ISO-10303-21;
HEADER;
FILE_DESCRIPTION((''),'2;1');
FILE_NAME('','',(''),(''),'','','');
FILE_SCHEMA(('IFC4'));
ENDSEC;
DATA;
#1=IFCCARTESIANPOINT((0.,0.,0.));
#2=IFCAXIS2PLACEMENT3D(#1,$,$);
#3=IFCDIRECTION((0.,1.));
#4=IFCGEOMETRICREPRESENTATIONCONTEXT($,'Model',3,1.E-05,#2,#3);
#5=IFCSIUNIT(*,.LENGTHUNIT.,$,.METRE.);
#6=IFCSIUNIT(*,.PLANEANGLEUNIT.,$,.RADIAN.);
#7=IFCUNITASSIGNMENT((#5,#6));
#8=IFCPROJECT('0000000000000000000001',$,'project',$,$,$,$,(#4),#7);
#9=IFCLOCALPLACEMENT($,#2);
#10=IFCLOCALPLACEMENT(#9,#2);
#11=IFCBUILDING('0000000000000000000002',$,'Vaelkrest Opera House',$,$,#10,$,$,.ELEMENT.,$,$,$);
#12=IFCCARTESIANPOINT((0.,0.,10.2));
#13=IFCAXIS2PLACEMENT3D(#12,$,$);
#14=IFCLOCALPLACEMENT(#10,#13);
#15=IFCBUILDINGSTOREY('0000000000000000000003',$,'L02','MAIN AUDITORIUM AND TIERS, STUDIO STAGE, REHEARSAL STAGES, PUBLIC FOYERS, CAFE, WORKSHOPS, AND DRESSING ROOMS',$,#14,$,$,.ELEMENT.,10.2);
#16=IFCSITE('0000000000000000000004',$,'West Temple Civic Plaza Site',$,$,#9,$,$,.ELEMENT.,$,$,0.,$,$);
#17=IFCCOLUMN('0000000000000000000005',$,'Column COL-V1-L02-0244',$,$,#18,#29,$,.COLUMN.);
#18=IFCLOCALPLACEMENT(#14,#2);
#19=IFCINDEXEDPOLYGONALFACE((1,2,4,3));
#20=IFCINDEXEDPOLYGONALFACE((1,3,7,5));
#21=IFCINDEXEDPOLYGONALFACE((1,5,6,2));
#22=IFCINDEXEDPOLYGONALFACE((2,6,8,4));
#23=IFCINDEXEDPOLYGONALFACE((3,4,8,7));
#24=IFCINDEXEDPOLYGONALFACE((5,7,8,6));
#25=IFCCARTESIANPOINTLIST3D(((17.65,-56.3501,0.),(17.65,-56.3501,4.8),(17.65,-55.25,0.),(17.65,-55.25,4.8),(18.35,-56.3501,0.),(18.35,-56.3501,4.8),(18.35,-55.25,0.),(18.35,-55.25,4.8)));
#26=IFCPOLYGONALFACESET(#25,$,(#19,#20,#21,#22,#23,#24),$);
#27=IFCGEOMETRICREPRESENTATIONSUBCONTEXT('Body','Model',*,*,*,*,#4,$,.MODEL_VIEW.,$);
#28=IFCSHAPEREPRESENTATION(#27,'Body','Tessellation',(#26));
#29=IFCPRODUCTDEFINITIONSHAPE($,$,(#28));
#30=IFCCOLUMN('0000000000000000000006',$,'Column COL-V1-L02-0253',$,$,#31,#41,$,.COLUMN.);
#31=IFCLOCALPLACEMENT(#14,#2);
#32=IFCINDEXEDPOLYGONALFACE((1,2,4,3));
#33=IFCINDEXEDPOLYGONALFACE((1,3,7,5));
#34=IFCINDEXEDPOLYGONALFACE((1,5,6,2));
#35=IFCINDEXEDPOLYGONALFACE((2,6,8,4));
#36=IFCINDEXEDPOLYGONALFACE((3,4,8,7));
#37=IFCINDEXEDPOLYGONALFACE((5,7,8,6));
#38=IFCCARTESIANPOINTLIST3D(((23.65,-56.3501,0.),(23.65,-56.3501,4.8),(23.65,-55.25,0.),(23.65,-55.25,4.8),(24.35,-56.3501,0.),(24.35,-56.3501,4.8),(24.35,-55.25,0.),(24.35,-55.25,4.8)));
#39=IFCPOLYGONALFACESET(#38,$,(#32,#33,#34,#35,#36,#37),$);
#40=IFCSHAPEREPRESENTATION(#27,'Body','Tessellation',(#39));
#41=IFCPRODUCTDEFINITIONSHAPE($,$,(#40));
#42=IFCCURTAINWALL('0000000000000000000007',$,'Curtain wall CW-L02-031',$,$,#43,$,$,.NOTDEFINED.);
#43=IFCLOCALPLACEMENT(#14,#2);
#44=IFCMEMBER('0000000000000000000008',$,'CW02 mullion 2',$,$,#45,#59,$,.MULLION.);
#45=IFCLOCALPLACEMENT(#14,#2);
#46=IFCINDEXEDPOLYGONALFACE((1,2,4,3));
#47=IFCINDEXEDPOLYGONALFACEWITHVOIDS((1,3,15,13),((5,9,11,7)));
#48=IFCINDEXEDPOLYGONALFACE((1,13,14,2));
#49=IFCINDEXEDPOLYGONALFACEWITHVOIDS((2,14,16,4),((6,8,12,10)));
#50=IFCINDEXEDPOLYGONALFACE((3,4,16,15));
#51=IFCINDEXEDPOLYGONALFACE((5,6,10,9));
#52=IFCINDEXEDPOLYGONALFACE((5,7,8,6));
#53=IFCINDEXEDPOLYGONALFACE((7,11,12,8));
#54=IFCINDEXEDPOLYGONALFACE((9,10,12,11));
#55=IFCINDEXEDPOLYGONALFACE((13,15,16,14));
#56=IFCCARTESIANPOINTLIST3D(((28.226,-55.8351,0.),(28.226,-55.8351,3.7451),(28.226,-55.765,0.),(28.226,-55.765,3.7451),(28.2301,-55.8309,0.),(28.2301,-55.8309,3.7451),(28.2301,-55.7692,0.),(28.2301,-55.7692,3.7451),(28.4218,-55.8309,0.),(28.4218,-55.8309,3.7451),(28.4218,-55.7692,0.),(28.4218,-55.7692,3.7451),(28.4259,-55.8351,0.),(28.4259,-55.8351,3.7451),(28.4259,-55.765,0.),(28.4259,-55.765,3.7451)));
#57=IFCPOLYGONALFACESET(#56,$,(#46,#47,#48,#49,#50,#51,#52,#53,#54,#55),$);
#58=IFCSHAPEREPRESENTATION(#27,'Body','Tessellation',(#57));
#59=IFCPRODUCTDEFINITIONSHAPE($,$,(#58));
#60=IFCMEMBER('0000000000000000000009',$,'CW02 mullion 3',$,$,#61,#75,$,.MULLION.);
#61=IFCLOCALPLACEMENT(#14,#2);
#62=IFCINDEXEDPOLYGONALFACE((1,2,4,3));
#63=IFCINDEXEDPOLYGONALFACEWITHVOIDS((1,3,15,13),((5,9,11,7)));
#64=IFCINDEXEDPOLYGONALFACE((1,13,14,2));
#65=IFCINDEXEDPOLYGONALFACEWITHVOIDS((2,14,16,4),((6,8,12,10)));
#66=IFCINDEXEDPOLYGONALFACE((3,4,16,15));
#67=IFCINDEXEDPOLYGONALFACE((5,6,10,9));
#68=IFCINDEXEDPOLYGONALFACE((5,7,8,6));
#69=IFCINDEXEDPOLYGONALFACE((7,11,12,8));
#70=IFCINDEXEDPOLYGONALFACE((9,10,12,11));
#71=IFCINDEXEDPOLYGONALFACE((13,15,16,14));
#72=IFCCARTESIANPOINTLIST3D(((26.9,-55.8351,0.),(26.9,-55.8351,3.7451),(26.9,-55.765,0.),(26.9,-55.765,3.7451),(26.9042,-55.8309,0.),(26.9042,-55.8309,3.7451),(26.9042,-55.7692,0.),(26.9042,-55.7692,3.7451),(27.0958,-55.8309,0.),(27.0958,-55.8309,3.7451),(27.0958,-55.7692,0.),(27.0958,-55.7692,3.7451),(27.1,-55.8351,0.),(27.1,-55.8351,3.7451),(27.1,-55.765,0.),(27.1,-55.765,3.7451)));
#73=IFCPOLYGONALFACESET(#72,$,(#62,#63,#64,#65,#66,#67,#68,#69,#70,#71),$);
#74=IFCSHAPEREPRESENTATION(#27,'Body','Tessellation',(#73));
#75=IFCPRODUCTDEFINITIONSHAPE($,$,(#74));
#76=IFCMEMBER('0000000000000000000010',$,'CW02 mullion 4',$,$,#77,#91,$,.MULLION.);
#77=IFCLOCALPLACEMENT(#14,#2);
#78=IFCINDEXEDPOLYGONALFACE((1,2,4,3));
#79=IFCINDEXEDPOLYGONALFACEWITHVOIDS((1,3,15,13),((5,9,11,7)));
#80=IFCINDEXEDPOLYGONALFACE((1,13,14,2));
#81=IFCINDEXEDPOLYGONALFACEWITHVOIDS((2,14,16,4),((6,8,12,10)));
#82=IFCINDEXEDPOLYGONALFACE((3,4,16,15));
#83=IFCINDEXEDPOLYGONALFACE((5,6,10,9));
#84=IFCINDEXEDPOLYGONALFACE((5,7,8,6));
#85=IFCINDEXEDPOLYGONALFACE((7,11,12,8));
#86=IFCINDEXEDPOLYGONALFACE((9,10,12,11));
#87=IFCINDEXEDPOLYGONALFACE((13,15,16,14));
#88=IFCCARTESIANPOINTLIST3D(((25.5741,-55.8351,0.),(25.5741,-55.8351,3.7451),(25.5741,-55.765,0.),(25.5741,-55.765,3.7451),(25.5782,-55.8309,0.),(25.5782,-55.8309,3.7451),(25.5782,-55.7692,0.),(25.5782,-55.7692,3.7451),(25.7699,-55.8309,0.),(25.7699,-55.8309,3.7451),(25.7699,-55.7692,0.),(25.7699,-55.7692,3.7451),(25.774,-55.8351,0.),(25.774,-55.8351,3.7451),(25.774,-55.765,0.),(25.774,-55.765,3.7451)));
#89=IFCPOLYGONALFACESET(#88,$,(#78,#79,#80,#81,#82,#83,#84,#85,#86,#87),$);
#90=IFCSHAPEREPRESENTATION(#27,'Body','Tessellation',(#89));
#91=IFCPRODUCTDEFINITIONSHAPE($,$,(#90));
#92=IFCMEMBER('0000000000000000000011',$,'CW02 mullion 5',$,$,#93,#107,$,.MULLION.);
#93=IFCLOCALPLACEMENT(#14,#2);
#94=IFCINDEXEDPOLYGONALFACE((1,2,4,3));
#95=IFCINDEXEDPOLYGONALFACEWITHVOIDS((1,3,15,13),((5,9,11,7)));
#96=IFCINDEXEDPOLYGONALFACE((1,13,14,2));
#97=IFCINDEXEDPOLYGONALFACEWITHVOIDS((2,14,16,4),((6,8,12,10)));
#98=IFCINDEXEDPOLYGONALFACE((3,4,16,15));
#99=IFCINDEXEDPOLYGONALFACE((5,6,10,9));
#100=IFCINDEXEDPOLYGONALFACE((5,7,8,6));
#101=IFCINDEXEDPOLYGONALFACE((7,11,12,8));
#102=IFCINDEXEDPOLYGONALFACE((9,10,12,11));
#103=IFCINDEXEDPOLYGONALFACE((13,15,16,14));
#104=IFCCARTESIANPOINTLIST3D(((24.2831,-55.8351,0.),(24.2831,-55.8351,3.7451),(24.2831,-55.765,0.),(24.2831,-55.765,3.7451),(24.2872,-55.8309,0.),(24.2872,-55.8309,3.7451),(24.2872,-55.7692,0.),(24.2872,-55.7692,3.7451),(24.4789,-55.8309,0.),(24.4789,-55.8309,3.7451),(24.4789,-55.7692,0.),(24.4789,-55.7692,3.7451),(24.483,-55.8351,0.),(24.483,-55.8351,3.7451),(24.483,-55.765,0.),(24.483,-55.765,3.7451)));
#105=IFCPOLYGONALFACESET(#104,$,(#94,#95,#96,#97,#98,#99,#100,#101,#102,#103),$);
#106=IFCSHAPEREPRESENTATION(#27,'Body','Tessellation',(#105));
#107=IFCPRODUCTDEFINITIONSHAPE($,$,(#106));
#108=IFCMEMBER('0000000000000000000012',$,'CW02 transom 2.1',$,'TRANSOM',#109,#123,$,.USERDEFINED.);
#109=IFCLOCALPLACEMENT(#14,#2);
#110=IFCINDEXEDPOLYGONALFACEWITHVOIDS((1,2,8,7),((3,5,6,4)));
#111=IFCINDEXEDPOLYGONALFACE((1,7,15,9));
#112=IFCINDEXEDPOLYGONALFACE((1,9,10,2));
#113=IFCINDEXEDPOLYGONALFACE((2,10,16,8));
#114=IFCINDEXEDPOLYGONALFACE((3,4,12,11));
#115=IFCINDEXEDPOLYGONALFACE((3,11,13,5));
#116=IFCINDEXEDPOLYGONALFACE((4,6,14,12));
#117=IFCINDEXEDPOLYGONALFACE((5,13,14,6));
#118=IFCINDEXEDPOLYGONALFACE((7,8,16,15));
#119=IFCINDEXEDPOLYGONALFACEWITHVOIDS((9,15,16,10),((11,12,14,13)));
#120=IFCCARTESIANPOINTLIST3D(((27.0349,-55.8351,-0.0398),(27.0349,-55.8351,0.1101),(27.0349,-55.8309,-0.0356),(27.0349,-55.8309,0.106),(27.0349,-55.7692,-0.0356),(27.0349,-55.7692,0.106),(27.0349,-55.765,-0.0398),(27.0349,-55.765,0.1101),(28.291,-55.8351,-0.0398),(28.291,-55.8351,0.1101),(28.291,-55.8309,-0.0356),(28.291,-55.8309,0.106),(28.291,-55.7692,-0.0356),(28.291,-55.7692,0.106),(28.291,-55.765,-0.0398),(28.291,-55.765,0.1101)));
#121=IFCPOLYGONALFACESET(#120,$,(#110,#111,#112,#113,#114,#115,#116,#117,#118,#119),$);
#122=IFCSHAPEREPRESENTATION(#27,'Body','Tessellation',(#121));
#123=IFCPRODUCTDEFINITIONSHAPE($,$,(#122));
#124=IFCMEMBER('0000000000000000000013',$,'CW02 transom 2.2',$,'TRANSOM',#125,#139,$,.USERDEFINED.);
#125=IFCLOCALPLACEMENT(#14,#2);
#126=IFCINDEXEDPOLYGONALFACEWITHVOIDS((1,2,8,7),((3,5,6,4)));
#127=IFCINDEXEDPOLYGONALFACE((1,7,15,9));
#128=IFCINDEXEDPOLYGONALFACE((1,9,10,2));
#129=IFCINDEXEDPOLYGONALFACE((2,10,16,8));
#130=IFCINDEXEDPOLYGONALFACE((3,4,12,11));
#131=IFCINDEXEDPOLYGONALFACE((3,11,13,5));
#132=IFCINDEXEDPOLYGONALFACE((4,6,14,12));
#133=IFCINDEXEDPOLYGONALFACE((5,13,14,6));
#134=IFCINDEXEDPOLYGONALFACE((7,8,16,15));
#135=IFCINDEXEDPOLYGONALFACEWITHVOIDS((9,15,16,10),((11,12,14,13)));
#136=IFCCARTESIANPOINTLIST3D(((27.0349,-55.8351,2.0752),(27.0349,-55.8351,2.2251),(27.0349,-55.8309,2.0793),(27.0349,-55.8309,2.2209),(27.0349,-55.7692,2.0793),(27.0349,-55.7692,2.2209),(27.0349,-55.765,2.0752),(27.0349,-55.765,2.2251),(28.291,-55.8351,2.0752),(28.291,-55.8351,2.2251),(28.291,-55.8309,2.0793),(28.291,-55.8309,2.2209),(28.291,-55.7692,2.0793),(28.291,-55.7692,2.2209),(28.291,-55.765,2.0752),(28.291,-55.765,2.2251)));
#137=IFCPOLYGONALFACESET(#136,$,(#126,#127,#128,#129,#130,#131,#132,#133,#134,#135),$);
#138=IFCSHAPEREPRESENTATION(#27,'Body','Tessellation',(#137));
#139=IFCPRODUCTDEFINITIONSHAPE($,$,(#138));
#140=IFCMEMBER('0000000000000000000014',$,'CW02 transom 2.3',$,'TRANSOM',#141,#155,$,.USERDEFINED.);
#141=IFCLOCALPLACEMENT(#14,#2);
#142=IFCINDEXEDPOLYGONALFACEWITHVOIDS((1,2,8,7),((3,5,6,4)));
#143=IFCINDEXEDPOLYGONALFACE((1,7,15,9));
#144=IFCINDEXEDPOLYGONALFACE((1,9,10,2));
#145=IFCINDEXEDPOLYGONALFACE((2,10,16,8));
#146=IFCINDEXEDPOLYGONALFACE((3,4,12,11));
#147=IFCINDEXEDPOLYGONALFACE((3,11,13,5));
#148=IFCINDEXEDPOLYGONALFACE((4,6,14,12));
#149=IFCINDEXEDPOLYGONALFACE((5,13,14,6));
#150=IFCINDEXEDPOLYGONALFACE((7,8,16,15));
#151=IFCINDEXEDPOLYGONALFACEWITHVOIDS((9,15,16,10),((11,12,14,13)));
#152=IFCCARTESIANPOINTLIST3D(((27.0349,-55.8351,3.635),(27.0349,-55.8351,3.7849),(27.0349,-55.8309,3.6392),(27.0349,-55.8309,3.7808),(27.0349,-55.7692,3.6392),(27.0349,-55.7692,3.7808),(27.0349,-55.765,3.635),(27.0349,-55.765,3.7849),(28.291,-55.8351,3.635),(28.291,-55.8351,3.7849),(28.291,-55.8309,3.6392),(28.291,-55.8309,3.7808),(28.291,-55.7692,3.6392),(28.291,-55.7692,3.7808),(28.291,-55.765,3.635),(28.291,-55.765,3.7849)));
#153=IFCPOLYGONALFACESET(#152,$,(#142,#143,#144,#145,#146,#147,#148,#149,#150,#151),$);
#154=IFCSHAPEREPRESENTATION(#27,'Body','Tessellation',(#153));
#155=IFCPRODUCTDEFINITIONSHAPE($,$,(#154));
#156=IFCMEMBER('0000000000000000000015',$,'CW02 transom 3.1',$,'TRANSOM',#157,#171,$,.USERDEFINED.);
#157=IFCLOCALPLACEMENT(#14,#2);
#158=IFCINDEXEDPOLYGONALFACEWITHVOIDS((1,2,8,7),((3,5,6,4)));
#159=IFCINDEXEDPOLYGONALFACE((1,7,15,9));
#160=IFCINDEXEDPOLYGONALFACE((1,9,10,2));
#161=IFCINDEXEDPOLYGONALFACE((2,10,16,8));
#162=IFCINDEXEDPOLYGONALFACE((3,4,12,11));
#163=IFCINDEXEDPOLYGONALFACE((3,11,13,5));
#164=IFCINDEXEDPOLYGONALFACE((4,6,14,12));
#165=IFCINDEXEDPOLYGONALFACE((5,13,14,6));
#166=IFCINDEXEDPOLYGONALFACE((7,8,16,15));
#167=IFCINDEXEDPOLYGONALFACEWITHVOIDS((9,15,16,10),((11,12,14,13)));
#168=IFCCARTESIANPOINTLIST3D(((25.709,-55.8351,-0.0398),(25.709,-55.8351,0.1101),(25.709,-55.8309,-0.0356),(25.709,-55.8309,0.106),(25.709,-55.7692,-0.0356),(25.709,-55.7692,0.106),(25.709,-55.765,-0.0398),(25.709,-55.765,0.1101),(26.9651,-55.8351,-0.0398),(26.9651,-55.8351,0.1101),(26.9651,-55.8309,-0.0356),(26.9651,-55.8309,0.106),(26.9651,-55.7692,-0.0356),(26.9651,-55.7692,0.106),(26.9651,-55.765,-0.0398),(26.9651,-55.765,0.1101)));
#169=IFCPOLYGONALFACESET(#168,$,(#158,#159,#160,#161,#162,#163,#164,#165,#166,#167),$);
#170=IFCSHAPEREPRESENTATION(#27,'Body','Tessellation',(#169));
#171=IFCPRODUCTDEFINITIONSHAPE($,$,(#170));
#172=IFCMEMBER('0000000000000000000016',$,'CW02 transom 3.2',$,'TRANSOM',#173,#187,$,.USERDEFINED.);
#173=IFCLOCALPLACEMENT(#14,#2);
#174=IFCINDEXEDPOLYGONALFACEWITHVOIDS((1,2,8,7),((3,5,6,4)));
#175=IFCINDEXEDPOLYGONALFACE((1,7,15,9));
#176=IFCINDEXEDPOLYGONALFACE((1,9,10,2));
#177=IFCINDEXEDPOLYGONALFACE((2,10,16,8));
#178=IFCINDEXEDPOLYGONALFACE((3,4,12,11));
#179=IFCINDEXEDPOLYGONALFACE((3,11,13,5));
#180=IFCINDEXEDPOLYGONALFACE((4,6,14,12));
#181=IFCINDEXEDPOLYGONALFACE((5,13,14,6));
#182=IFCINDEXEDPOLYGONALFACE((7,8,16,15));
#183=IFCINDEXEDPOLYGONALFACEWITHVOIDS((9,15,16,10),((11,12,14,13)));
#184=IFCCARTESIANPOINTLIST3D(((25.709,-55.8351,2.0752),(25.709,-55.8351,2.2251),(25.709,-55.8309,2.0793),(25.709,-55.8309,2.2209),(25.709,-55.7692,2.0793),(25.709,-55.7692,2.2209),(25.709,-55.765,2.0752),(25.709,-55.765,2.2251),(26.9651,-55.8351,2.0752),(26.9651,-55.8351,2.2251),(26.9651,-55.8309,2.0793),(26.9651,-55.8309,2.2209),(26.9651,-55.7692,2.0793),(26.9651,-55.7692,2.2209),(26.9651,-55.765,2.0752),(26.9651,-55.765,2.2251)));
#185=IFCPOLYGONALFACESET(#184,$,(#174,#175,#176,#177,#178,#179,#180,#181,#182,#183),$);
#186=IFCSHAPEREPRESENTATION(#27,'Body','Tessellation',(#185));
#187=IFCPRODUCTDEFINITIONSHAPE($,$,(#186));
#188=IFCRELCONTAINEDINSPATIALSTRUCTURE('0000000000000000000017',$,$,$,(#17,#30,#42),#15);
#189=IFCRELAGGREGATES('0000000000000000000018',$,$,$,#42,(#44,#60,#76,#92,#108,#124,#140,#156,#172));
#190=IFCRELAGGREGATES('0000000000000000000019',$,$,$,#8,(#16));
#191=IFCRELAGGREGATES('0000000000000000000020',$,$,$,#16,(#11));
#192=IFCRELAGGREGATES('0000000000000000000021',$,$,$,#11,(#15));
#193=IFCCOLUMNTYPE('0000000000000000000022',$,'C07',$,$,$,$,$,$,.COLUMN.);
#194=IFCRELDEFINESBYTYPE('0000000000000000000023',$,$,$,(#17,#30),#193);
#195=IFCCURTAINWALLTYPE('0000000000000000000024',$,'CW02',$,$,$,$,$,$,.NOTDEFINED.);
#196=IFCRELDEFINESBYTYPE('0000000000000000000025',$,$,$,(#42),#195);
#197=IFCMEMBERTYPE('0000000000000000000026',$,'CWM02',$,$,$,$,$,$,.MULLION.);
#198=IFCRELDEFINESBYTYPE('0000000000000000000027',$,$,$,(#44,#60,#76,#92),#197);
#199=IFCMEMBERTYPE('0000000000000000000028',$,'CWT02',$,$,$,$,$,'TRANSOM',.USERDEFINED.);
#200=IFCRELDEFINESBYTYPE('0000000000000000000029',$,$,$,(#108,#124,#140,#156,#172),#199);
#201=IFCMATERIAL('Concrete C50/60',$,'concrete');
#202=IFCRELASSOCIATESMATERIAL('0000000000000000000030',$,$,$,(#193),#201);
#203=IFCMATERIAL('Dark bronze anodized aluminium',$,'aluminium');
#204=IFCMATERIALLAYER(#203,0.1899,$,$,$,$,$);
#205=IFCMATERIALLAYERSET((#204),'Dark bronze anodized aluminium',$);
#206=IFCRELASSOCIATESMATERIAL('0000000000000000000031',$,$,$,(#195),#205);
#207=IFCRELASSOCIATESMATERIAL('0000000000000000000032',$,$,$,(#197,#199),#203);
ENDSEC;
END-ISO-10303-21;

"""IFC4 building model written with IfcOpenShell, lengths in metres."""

from ifc_helpers import new_model, si_unit, direction, frame, origin, origin_2d, place, context, subcontext, project, spatial, rectangle, hollow_rectangle, extrude, material, layer, layer_set, material_profile, profile_set, type_object, element, aggregate, save


model = new_model("IFC4")

# Units and contexts
model_context = context("Model", 3, precision=1e-05, world=origin(), true_north=direction((0.0, 1.0)))
body_context = subcontext(model_context, "Body", "Model", "MODEL_VIEW")
ifc_project = project(units=[si_unit("LENGTHUNIT", "METRE"), si_unit("PLANEANGLEUNIT", "RADIAN")], contexts=[model_context])

# Site, building, storey
site_placement = place(None, origin())
site = spatial("IfcSite", under=ifc_project, at=site_placement, Name="West Temple Civic Plaza Site", CompositionType="ELEMENT", RefElevation=0.0)
building_placement = place(site_placement, origin())
building = spatial("IfcBuilding", under=site, at=building_placement, Name="Vaelkrest Opera House", CompositionType="ELEMENT")
storey_placement = place(building_placement, frame((0.0, 0.0, 10.2)))
storey = spatial("IfcBuildingStorey", under=building, at=storey_placement, Name="L02", Description="MAIN AUDITORIUM AND TIERS, STUDIO STAGE, REHEARSAL STAGES, PUBLIC FOYERS, CAFE, WORKSHOPS, AND DRESSING ROOMS", CompositionType="ELEMENT", Elevation=10.2)

# Columns
ifc_material_1 = material(Name="Concrete C50/60", Category="concrete")
ifc_material_profile_1 = material_profile(ifc_material_1, rectangle(XDim=0.7, YDim=1.1001, at=origin_2d()), Name="RC700X1100")
ifc_profile_set_1 = profile_set([ifc_material_profile_1], Name="Concrete C50/60")
column_type = type_object("IfcColumnType", Name="C07", PredefinedType="COLUMN", material=ifc_profile_set_1)
for number, where, z_axis, x_axis, name in (
    (1, (18.0, -55.8, 0.0), (0.0, 0.0, 1.0), (1.0, 0.0, 0.0), "Column COL-V1-L02-0244"),
    (2, (24.0, -55.8, 0.0), (0.0, 0.0, 1.0), (1.0, 0.0, 0.0), "Column COL-V1-L02-0253"),
):
    element("IfcColumn", number, at=place(storey_placement, frame(where, z_axis=z_axis, x_axis=x_axis)), inside=storey, type_object=column_type, Name=name, PredefinedType="COLUMN", context=body_context, shape_type="SweptSolid", body=[
        extrude(rectangle(XDim=0.7, YDim=1.1001, at=origin_2d()), origin(), (0.0, 0.0, 1.0), 4.8),
    ])

# Curtain wall, members
ifc_material_2 = material(Name="Dark bronze anodized aluminium", Category="aluminium")
ifc_layer_1 = layer(ifc_material_2, 0.1899)
ifc_layer_set_1 = layer_set([ifc_layer_1], Name="Dark bronze anodized aluminium")
curtain_wall_type = type_object("IfcCurtainWallType", Name="CW02", PredefinedType="NOTDEFINED", material=ifc_layer_set_1)
curtain_wall_placement = place(storey_placement, origin())
curtain_wall = element("IfcCurtainWall", 3, at=curtain_wall_placement, inside=storey, type_object=curtain_wall_type, Name="Curtain wall CW-L02-031", PredefinedType="NOTDEFINED")
ifc_material_profile_2 = material_profile(ifc_material_2, hollow_rectangle(XDim=0.0701, YDim=0.2, WallThickness=0.0042, at=origin_2d()), Name="CWM70X200")
ifc_profile_set_2 = profile_set([ifc_material_profile_2], Name="Dark bronze anodized aluminium")
member_type_1 = type_object("IfcMemberType", Name="CWM02", PredefinedType="MULLION", material=ifc_profile_set_2)
member_1_placement = place(storey_placement, frame((28.3259, -55.8, 0.0), z_axis=(0.0, 0.0, 1.0), x_axis=(0.0, -1.0, 0.0)))
member_1 = element("IfcMember", 4, at=member_1_placement, type_object=member_type_1, Name="CW02 mullion 2", PredefinedType="MULLION", context=body_context, shape_type="SweptSolid", body=[
    extrude(hollow_rectangle(XDim=0.0701, YDim=0.2, WallThickness=0.0042, at=origin_2d()), origin(), (0.0, 0.0, 1.0), 3.7451),
])
member_2_placement = place(storey_placement, frame((27.0, -55.8, 0.0), z_axis=(0.0, 0.0, 1.0), x_axis=(0.0, -1.0, 0.0)))
member_2 = element("IfcMember", 5, at=member_2_placement, type_object=member_type_1, Name="CW02 mullion 3", PredefinedType="MULLION", context=body_context, shape_type="SweptSolid", body=[
    extrude(hollow_rectangle(XDim=0.0701, YDim=0.2, WallThickness=0.0042, at=origin_2d()), origin(), (0.0, 0.0, 1.0), 3.7451),
])
member_3_placement = place(storey_placement, frame((25.6741, -55.8, 0.0), z_axis=(0.0, 0.0, 1.0), x_axis=(0.0, -1.0, 0.0)))
member_3 = element("IfcMember", 6, at=member_3_placement, type_object=member_type_1, Name="CW02 mullion 4", PredefinedType="MULLION", context=body_context, shape_type="SweptSolid", body=[
    extrude(hollow_rectangle(XDim=0.0701, YDim=0.2, WallThickness=0.0042, at=origin_2d()), origin(), (0.0, 0.0, 1.0), 3.7451),
])
member_4_placement = place(storey_placement, frame((24.3831, -55.8, 0.0), z_axis=(0.0, 0.0, 1.0), x_axis=(0.0, -1.0, 0.0)))
member_4 = element("IfcMember", 7, at=member_4_placement, type_object=member_type_1, Name="CW02 mullion 5", PredefinedType="MULLION", context=body_context, shape_type="SweptSolid", body=[
    extrude(hollow_rectangle(XDim=0.0701, YDim=0.2, WallThickness=0.0042, at=origin_2d()), origin(), (0.0, 0.0, 1.0), 3.7451),
])
ifc_material_profile_3 = material_profile(ifc_material_2, hollow_rectangle(XDim=0.0701, YDim=0.1499, WallThickness=0.0042, at=origin_2d()), Name="CWT70X150")
ifc_profile_set_3 = profile_set([ifc_material_profile_3], Name="Dark bronze anodized aluminium")
member_type_2 = type_object("IfcMemberType", Name="CWT02", ElementType="TRANSOM", PredefinedType="USERDEFINED", material=ifc_profile_set_3)
member_5_placement = place(storey_placement, frame((28.291, -55.8, 0.0352), z_axis=(-1.0, 0.0, 0.0), x_axis=(0.0, -1.0, 0.0)))
member_5 = element("IfcMember", 8, at=member_5_placement, type_object=member_type_2, Name="CW02 transom 2.1", ObjectType="TRANSOM", PredefinedType="USERDEFINED", context=body_context, shape_type="SweptSolid", body=[
    extrude(hollow_rectangle(XDim=0.0701, YDim=0.1499, WallThickness=0.0042, at=origin_2d()), origin(), (0.0, 0.0, 1.0), 1.2561),
])
member_6_placement = place(storey_placement, frame((28.291, -55.8, 2.1501), z_axis=(-1.0, 0.0, 0.0), x_axis=(0.0, -1.0, 0.0)))
member_6 = element("IfcMember", 9, at=member_6_placement, type_object=member_type_2, Name="CW02 transom 2.2", ObjectType="TRANSOM", PredefinedType="USERDEFINED", context=body_context, shape_type="SweptSolid", body=[
    extrude(hollow_rectangle(XDim=0.0701, YDim=0.1499, WallThickness=0.0042, at=origin_2d()), origin(), (0.0, 0.0, 1.0), 1.2561),
])
member_7_placement = place(storey_placement, frame((28.291, -55.8, 3.71), z_axis=(-1.0, 0.0, 0.0), x_axis=(0.0, -1.0, 0.0)))
member_7 = element("IfcMember", 10, at=member_7_placement, type_object=member_type_2, Name="CW02 transom 2.3", ObjectType="TRANSOM", PredefinedType="USERDEFINED", context=body_context, shape_type="SweptSolid", body=[
    extrude(hollow_rectangle(XDim=0.0701, YDim=0.1499, WallThickness=0.0042, at=origin_2d()), origin(), (0.0, 0.0, 1.0), 1.2561),
])
member_8_placement = place(storey_placement, frame((26.9651, -55.8, 0.0352), z_axis=(-1.0, 0.0, 0.0), x_axis=(0.0, -1.0, 0.0)))
member_8 = element("IfcMember", 11, at=member_8_placement, type_object=member_type_2, Name="CW02 transom 3.1", ObjectType="TRANSOM", PredefinedType="USERDEFINED", context=body_context, shape_type="SweptSolid", body=[
    extrude(hollow_rectangle(XDim=0.0701, YDim=0.1499, WallThickness=0.0042, at=origin_2d()), origin(), (0.0, 0.0, 1.0), 1.2561),
])
member_9_placement = place(storey_placement, frame((26.9651, -55.8, 2.1501), z_axis=(-1.0, 0.0, 0.0), x_axis=(0.0, -1.0, 0.0)))
member_9 = element("IfcMember", 12, at=member_9_placement, type_object=member_type_2, Name="CW02 transom 3.2", ObjectType="TRANSOM", PredefinedType="USERDEFINED", context=body_context, shape_type="SweptSolid", body=[
    extrude(hollow_rectangle(XDim=0.0701, YDim=0.1499, WallThickness=0.0042, at=origin_2d()), origin(), (0.0, 0.0, 1.0), 1.2561),
])

aggregate(curtain_wall, [member_1, member_2, member_3, member_4, member_5, member_6, member_7, member_8, member_9])

save(model, "model.ifc")
